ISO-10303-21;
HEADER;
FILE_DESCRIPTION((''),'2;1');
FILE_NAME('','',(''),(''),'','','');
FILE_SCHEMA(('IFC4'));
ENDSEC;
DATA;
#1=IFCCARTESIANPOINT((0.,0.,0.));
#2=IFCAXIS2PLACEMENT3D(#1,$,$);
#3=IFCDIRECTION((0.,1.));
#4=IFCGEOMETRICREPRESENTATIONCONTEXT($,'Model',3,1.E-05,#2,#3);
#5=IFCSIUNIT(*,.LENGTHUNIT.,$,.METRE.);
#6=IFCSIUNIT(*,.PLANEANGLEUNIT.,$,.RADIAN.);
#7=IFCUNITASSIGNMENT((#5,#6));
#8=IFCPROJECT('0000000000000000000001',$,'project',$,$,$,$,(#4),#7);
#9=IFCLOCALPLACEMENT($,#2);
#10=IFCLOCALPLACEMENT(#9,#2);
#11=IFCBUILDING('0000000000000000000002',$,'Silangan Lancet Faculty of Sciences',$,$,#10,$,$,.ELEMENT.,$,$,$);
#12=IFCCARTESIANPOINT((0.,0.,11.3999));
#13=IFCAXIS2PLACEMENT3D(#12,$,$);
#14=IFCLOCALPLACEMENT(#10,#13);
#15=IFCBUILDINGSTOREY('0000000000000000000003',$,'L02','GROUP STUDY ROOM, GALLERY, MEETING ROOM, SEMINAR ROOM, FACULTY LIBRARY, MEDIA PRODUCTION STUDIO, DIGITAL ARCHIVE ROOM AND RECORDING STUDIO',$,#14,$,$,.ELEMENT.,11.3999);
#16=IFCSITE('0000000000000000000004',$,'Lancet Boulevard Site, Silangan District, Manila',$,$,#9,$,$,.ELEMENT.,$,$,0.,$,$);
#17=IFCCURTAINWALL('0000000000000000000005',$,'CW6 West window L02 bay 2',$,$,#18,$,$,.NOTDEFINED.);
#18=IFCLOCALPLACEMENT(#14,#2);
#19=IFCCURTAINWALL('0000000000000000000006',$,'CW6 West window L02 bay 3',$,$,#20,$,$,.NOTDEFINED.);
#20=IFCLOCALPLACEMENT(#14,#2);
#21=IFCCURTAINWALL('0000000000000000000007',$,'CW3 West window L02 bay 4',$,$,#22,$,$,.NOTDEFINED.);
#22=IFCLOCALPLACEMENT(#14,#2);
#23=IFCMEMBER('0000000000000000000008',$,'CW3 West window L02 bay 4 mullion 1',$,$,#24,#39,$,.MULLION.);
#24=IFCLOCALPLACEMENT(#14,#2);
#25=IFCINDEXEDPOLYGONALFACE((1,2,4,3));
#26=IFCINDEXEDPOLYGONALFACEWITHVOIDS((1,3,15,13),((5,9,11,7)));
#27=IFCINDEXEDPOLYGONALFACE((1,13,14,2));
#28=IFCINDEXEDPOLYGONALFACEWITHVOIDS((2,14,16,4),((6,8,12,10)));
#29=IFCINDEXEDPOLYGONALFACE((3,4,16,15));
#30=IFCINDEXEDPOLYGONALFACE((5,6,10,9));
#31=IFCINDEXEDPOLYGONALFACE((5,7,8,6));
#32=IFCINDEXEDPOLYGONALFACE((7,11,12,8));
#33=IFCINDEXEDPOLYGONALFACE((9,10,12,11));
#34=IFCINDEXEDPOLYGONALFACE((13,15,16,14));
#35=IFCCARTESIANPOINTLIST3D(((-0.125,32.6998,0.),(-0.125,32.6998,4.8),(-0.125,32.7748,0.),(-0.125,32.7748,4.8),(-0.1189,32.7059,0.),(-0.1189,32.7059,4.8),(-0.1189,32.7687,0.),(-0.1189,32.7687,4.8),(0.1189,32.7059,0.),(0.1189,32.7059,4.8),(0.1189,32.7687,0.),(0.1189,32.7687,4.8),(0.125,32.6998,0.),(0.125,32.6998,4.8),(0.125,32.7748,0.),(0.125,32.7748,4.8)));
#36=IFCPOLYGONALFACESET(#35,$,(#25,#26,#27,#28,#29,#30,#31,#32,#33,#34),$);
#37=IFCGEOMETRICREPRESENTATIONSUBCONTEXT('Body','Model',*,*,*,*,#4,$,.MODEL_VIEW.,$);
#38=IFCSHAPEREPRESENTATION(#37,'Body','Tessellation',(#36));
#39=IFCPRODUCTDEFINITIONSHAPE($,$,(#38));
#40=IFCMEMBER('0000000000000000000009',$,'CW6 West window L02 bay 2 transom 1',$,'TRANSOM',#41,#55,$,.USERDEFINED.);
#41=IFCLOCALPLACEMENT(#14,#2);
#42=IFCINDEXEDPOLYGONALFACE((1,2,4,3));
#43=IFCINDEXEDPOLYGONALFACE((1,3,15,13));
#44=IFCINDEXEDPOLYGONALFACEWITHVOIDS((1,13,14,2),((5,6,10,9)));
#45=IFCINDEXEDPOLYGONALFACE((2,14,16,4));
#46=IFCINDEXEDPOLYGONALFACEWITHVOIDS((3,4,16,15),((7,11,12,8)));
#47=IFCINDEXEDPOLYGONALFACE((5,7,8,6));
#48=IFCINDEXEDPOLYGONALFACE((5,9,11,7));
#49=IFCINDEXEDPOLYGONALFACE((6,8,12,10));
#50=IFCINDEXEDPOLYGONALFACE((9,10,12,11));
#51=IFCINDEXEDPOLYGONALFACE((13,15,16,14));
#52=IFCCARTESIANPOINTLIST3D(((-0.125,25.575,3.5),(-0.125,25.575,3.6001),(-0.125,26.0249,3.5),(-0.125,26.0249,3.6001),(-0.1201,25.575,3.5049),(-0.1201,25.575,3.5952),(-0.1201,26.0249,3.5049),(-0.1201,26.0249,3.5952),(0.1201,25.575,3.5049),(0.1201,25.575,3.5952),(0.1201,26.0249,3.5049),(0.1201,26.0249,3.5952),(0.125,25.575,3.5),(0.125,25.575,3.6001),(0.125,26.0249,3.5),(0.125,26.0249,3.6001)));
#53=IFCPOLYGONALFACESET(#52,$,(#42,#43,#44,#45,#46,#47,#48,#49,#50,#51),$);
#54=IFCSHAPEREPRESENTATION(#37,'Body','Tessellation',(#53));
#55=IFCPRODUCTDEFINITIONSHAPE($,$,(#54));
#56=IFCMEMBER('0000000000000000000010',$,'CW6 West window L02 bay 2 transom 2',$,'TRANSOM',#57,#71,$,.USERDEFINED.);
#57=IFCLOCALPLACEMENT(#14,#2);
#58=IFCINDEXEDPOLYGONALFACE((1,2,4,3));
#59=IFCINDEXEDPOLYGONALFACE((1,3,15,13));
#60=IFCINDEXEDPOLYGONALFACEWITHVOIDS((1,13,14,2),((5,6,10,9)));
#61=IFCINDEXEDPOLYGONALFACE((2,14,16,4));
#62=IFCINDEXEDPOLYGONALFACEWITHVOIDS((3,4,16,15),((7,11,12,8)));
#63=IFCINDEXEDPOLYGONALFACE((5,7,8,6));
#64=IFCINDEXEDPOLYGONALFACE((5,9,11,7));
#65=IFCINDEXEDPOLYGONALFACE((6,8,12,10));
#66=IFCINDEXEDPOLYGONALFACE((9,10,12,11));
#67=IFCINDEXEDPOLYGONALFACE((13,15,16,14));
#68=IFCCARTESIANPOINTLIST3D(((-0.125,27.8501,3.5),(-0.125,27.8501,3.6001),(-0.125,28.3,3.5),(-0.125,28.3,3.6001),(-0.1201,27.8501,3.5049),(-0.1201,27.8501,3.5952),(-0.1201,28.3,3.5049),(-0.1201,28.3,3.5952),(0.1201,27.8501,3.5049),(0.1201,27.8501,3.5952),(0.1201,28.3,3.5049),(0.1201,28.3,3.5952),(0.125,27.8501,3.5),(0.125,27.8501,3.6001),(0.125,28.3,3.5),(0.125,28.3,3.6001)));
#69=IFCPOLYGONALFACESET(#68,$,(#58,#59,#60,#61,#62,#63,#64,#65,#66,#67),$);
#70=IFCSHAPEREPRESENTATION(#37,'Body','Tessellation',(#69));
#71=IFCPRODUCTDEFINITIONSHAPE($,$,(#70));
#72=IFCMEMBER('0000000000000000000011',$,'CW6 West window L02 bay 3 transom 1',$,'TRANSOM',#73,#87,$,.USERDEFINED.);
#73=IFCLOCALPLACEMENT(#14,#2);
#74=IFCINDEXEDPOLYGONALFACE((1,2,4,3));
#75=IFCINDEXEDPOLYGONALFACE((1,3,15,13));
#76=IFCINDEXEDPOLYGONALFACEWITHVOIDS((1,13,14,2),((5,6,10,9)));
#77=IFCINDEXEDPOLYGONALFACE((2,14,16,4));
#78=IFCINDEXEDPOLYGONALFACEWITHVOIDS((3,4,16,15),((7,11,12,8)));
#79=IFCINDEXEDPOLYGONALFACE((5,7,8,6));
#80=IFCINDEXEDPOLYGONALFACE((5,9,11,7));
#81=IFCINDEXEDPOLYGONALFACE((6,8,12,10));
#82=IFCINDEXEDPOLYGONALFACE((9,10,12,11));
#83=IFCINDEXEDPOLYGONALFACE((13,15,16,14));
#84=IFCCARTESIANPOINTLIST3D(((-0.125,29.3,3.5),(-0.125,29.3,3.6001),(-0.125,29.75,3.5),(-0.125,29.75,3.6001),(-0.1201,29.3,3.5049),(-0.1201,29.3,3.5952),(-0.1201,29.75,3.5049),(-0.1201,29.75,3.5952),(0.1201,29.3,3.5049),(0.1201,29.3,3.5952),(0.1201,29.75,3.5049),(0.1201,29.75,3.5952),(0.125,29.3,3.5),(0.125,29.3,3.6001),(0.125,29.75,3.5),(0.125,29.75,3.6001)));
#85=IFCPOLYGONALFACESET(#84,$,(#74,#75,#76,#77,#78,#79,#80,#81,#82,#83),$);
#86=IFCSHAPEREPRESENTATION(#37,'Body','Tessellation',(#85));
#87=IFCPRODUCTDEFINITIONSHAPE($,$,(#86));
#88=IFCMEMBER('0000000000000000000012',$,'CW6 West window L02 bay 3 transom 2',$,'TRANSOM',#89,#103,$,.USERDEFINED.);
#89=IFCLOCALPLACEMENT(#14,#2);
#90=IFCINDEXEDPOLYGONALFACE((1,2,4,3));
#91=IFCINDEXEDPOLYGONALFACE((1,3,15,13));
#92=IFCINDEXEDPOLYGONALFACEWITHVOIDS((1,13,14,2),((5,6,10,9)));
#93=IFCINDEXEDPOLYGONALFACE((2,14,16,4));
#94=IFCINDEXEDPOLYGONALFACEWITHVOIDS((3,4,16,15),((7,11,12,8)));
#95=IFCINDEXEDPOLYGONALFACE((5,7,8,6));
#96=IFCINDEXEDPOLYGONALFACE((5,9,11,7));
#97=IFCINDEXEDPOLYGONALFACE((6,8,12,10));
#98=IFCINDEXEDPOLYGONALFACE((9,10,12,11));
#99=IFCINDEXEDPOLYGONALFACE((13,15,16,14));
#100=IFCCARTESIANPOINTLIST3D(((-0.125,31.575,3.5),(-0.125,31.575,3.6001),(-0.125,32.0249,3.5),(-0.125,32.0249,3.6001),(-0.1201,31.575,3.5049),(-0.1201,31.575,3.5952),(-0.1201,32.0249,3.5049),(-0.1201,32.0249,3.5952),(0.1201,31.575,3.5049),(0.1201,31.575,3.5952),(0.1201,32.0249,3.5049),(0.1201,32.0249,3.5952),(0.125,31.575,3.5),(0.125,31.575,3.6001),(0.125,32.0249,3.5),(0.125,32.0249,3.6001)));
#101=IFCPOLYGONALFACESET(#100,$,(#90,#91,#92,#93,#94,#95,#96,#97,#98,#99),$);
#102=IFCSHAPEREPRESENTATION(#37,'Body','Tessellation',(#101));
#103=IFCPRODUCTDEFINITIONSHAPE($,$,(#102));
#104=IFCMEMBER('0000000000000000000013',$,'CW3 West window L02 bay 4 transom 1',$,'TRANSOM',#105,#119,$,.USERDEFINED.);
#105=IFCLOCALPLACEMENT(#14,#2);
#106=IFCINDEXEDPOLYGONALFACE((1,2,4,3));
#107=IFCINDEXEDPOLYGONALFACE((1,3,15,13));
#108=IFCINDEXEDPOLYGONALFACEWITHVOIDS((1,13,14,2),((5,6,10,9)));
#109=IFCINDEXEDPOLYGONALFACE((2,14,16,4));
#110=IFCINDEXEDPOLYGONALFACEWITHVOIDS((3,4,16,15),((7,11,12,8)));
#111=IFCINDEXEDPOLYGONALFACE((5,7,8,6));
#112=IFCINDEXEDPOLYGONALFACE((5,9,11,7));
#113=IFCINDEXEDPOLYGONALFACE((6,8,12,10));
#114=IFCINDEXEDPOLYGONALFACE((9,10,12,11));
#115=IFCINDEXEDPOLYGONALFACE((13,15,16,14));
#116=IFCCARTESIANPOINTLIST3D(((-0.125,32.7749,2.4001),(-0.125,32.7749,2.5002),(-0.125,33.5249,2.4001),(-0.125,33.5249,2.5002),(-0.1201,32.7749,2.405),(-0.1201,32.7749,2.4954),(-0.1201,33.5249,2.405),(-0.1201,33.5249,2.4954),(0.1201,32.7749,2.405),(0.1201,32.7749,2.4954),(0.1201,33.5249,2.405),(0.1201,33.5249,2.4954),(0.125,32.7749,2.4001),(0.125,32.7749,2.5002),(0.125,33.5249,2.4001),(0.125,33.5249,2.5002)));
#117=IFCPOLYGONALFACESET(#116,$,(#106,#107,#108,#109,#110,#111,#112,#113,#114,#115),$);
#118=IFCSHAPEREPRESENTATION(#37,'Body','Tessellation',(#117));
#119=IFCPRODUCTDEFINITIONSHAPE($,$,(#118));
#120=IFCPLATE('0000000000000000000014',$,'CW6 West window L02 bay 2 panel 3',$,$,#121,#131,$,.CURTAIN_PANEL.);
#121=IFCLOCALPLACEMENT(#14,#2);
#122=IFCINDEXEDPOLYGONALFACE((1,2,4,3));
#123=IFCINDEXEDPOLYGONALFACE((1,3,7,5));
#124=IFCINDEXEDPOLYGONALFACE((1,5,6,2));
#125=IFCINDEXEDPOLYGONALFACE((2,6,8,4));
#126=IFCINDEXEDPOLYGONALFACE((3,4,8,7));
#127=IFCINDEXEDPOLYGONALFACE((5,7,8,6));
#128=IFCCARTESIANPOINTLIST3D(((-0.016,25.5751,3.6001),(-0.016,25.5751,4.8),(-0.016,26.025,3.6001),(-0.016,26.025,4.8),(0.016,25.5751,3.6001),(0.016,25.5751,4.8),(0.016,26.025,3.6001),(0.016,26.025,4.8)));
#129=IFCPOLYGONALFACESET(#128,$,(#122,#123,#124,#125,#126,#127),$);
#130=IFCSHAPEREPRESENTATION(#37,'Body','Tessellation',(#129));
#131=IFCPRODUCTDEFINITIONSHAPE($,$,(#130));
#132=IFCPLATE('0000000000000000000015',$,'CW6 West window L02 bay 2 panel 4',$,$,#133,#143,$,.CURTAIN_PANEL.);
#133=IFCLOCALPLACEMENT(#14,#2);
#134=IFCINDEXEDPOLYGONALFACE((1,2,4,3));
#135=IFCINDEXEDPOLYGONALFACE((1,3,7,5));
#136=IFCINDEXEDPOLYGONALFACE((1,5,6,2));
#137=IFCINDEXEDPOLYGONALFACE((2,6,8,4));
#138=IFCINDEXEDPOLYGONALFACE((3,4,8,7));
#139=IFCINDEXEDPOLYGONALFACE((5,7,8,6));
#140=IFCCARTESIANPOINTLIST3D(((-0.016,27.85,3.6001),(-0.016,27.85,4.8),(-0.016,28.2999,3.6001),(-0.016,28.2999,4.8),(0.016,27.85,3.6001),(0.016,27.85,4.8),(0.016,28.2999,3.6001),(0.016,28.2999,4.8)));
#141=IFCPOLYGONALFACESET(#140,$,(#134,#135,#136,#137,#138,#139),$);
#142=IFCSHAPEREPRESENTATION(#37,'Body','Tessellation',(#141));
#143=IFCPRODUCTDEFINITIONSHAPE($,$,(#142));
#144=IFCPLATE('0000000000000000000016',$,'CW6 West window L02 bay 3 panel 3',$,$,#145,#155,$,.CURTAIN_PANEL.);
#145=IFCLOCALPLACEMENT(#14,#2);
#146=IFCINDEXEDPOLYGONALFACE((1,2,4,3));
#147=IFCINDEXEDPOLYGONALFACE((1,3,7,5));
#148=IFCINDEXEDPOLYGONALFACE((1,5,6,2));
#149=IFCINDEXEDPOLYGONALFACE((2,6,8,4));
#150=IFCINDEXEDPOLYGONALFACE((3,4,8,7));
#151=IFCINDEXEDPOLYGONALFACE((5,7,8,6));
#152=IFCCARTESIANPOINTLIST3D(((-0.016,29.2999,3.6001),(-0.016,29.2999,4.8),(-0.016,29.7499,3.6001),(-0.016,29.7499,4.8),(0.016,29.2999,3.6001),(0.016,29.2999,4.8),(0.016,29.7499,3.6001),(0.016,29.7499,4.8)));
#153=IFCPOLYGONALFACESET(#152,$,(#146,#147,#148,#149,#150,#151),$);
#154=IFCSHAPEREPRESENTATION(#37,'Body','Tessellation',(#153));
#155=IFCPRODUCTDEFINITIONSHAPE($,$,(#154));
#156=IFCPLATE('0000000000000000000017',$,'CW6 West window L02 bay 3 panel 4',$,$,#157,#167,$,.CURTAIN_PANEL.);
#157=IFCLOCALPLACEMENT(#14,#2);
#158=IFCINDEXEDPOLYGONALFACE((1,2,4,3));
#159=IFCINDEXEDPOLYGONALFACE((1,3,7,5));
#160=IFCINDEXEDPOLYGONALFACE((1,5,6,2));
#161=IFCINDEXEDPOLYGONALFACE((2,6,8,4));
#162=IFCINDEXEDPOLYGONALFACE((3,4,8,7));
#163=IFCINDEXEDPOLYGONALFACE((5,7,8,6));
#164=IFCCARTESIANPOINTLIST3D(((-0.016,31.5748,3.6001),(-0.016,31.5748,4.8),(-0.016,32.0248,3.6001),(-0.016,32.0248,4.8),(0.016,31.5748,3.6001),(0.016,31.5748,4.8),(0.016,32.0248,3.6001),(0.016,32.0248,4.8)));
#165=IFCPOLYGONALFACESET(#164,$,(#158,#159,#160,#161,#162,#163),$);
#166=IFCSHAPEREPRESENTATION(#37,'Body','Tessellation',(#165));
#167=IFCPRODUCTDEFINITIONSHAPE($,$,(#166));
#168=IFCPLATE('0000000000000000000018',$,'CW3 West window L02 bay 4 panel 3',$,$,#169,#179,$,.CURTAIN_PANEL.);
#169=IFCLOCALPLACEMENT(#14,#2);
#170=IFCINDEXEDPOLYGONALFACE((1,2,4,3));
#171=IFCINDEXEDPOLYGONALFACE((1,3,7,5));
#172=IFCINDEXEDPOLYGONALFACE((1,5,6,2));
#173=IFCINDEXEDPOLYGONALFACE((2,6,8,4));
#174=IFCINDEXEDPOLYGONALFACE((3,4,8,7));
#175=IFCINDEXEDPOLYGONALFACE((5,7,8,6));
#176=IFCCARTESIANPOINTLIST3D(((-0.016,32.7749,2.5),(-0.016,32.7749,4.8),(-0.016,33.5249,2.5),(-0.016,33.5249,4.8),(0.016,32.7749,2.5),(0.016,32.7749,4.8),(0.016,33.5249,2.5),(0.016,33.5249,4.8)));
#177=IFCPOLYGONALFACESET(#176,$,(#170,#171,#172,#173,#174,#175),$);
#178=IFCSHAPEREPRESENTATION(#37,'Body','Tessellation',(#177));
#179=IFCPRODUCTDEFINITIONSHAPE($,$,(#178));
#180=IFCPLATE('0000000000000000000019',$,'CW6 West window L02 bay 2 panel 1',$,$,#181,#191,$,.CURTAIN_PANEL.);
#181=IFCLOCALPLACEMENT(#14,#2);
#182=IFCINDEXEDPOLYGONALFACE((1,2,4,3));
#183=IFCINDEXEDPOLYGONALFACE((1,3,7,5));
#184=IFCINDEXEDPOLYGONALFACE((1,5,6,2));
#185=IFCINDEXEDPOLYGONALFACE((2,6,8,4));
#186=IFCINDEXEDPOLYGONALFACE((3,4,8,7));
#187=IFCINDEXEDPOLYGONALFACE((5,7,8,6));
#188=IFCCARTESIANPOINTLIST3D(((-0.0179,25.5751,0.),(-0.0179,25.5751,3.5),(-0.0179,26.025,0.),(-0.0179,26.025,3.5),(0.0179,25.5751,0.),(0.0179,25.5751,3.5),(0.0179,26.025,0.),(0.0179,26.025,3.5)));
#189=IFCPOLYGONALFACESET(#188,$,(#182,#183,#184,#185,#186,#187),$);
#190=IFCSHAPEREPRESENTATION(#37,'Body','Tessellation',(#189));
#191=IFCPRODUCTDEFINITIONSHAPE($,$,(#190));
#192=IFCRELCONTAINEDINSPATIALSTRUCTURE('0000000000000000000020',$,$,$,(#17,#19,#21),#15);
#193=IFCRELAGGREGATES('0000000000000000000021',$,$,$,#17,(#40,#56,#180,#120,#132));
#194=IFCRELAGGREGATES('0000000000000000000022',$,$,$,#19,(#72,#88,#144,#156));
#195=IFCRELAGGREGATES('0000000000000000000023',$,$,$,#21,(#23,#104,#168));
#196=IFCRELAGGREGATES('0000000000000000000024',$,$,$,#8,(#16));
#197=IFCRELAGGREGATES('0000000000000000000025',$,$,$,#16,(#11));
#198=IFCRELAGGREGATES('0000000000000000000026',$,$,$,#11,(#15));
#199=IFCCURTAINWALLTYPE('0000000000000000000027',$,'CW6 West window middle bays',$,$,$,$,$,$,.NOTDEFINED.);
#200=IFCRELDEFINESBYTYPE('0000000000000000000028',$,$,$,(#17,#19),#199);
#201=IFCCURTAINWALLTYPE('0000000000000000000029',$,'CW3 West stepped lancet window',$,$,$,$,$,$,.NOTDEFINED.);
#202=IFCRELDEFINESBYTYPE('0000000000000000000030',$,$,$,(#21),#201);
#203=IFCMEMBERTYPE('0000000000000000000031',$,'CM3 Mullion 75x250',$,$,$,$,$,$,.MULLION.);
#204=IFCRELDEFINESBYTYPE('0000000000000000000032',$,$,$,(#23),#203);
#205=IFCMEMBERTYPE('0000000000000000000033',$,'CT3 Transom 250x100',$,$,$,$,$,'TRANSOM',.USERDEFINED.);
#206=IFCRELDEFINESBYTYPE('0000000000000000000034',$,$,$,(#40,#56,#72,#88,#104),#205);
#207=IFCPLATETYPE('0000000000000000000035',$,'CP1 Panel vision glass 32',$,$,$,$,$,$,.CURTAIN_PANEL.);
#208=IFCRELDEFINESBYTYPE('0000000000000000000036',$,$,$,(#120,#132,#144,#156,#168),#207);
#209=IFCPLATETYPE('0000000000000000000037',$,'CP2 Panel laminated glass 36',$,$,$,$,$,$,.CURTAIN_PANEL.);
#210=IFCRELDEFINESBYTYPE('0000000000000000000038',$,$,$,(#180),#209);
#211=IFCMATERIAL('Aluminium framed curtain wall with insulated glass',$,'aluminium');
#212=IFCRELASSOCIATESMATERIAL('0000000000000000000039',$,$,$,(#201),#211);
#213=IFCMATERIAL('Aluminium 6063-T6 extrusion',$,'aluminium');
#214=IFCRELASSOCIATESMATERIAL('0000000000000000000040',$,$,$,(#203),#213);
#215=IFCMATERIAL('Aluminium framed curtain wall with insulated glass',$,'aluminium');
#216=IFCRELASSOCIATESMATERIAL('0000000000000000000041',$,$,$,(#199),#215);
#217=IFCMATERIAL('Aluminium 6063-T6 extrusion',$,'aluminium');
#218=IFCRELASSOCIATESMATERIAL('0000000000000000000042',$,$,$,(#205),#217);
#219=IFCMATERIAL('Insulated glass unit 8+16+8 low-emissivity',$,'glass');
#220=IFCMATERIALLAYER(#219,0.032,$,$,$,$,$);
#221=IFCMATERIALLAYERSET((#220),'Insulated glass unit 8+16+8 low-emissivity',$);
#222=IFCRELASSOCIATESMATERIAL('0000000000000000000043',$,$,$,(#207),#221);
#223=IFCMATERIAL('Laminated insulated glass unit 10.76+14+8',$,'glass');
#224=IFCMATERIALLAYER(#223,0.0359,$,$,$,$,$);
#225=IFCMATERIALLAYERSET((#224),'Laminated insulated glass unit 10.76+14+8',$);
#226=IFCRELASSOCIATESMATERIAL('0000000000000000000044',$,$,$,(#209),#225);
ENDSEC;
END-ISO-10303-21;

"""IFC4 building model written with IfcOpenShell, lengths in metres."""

from ifc_helpers import new_model, si_unit, direction, frame, origin, origin_2d, place, context, subcontext, project, spatial, rectangle, hollow_rectangle, extrude, material, layer, layer_set, material_profile, profile_set, type_object, element, aggregate, save


model = new_model("IFC4")

# Units and contexts
model_context = context("Model", 3, precision=1e-05, world=origin(), true_north=direction((0.0, 1.0)))
body_context = subcontext(model_context, "Body", "Model", "MODEL_VIEW")
ifc_project = project(units=[si_unit("LENGTHUNIT", "METRE"), si_unit("PLANEANGLEUNIT", "RADIAN")], contexts=[model_context])

# Site, building, storey
site_placement = place(None, origin())
site = spatial("IfcSite", under=ifc_project, at=site_placement, Name="Lancet Boulevard Site, Silangan District, Manila", CompositionType="ELEMENT", RefElevation=0.0)
building_placement = place(site_placement, origin())
building = spatial("IfcBuilding", under=site, at=building_placement, Name="Silangan Lancet Faculty of Sciences", CompositionType="ELEMENT")
storey_placement = place(building_placement, frame((0.0, 0.0, 11.3999)))
storey = spatial("IfcBuildingStorey", under=building, at=storey_placement, Name="L02", Description="GROUP STUDY ROOM, GALLERY, MEETING ROOM, SEMINAR ROOM, FACULTY LIBRARY, MEDIA PRODUCTION STUDIO, DIGITAL ARCHIVE ROOM AND RECORDING STUDIO", CompositionType="ELEMENT", Elevation=11.3999)

# Shared definitions
ifc_material_1 = material(Name="Aluminium framed curtain wall with insulated glass", Category="aluminium")
curtain_wall_type_1 = type_object("IfcCurtainWallType", Name="CW3 West stepped lancet window", PredefinedType="NOTDEFINED", material=ifc_material_1)
ifc_material_2 = material(Name="Aluminium 6063-T6 extrusion", Category="aluminium")
ifc_material_profile_1 = material_profile(ifc_material_2, hollow_rectangle(XDim=0.075, YDim=0.25, WallThickness=0.0061, at=origin_2d()), Name="AL BOX 75x250x6")
ifc_profile_set_1 = profile_set([ifc_material_profile_1], Name="Aluminium 6063-T6 extrusion")
member_type_1 = type_object("IfcMemberType", Name="CM3 Mullion 75x250", PredefinedType="MULLION", material=ifc_profile_set_1)

# Curtain walls
ifc_material_3 = material(Name="Aluminium framed curtain wall with insulated glass", Category="aluminium")
curtain_wall_type_2 = type_object("IfcCurtainWallType", Name="CW6 West window middle bays", PredefinedType="NOTDEFINED", material=ifc_material_3)
curtain_wall_1_placement = place(storey_placement, origin())
curtain_wall_1 = element("IfcCurtainWall", 1, at=curtain_wall_1_placement, inside=storey, type_object=curtain_wall_type_2, Name="CW6 West window L02 bay 2", PredefinedType="NOTDEFINED")
curtain_wall_2_placement = place(storey_placement, origin())
curtain_wall_2 = element("IfcCurtainWall", 2, at=curtain_wall_2_placement, inside=storey, type_object=curtain_wall_type_2, Name="CW6 West window L02 bay 3", PredefinedType="NOTDEFINED")

# Curtain wall, member
curtain_wall_3_placement = place(storey_placement, origin())
curtain_wall_3 = element("IfcCurtainWall", 3, at=curtain_wall_3_placement, inside=storey, type_object=curtain_wall_type_1, Name="CW3 West window L02 bay 4", PredefinedType="NOTDEFINED")
member_1_placement = place(storey_placement, frame((0.0, 32.7373, 0.0), z_axis=(0.0, 0.0, 1.0), x_axis=(0.0, 1.0, 0.0)))
member_1 = element("IfcMember", 4, at=member_1_placement, type_object=member_type_1, Name="CW3 West window L02 bay 4 mullion 1", PredefinedType="MULLION", context=body_context, shape_type="SweptSolid", body=[
    extrude(hollow_rectangle(XDim=0.075, YDim=0.25, WallThickness=0.0061, at=origin_2d()), origin(), (0.0, 0.0, 1.0), 4.8),
])

# Members
ifc_material_4 = material(Name="Aluminium 6063-T6 extrusion", Category="aluminium")
ifc_material_profile_2 = material_profile(ifc_material_4, hollow_rectangle(XDim=0.25, YDim=0.1001, WallThickness=0.0049, at=origin_2d()), Name="AL BOX 250x100x5")
ifc_profile_set_2 = profile_set([ifc_material_profile_2], Name="Aluminium 6063-T6 extrusion")
member_type_2 = type_object("IfcMemberType", Name="CT3 Transom 250x100", ElementType="TRANSOM", PredefinedType="USERDEFINED", material=ifc_profile_set_2)
member_2_placement = place(storey_placement, frame((0.0, 25.575, 3.55), z_axis=(0.0, 1.0, 0.0), x_axis=(-1.0, 0.0, 0.0)))
member_2 = element("IfcMember", 5, at=member_2_placement, type_object=member_type_2, Name="CW6 West window L02 bay 2 transom 1", ObjectType="TRANSOM", PredefinedType="USERDEFINED", context=body_context, shape_type="SweptSolid", body=[
    extrude(hollow_rectangle(XDim=0.25, YDim=0.1001, WallThickness=0.0049, at=origin_2d()), origin(), (0.0, 0.0, 1.0), 0.45),
])
member_3_placement = place(storey_placement, frame((0.0, 27.8501, 3.55), z_axis=(0.0, 1.0, 0.0), x_axis=(-1.0, 0.0, 0.0)))
member_3 = element("IfcMember", 6, at=member_3_placement, type_object=member_type_2, Name="CW6 West window L02 bay 2 transom 2", ObjectType="TRANSOM", PredefinedType="USERDEFINED", context=body_context, shape_type="SweptSolid", body=[
    extrude(hollow_rectangle(XDim=0.25, YDim=0.1001, WallThickness=0.0049, at=origin_2d()), origin(), (0.0, 0.0, 1.0), 0.45),
])
member_4_placement = place(storey_placement, frame((0.0, 29.3, 3.55), z_axis=(0.0, 1.0, 0.0), x_axis=(-1.0, 0.0, 0.0)))
member_4 = element("IfcMember", 7, at=member_4_placement, type_object=member_type_2, Name="CW6 West window L02 bay 3 transom 1", ObjectType="TRANSOM", PredefinedType="USERDEFINED", context=body_context, shape_type="SweptSolid", body=[
    extrude(hollow_rectangle(XDim=0.25, YDim=0.1001, WallThickness=0.0049, at=origin_2d()), origin(), (0.0, 0.0, 1.0), 0.45),
])
member_5_placement = place(storey_placement, frame((0.0, 31.575, 3.55), z_axis=(0.0, 1.0, 0.0), x_axis=(-1.0, 0.0, 0.0)))
member_5 = element("IfcMember", 8, at=member_5_placement, type_object=member_type_2, Name="CW6 West window L02 bay 3 transom 2", ObjectType="TRANSOM", PredefinedType="USERDEFINED", context=body_context, shape_type="SweptSolid", body=[
    extrude(hollow_rectangle(XDim=0.25, YDim=0.1001, WallThickness=0.0049, at=origin_2d()), origin(), (0.0, 0.0, 1.0), 0.45),
])
member_6_placement = place(storey_placement, frame((0.0, 32.7749, 2.4502), z_axis=(0.0, 1.0, 0.0), x_axis=(-1.0, 0.0, 0.0)))
member_6 = element("IfcMember", 9, at=member_6_placement, type_object=member_type_2, Name="CW3 West window L02 bay 4 transom 1", ObjectType="TRANSOM", PredefinedType="USERDEFINED", context=body_context, shape_type="SweptSolid", body=[
    extrude(hollow_rectangle(XDim=0.25, YDim=0.1001, WallThickness=0.0049, at=origin_2d()), origin(), (0.0, 0.0, 1.0), 0.75),
])

# Plates
ifc_material_5 = material(Name="Insulated glass unit 8+16+8 low-emissivity", Category="glass")
ifc_layer_1 = layer(ifc_material_5, 0.032)
ifc_layer_set_1 = layer_set([ifc_layer_1], Name="Insulated glass unit 8+16+8 low-emissivity")
plate_type_1 = type_object("IfcPlateType", Name="CP1 Panel vision glass 32", PredefinedType="CURTAIN_PANEL", material=ifc_layer_set_1)
plate_1_placement = place(storey_placement, frame((0.0, 25.8, 3.6001), z_axis=(0.0, 0.0, 1.0), x_axis=(0.0, 1.0, 0.0)))
plate_1 = element("IfcPlate", 10, at=plate_1_placement, type_object=plate_type_1, Name="CW6 West window L02 bay 2 panel 3", PredefinedType="CURTAIN_PANEL", context=body_context, shape_type="SweptSolid", body=[
    extrude(rectangle(XDim=0.45, YDim=0.032, at=origin_2d()), origin(), (0.0, 0.0, 1.0), 1.2),
])
plate_2_placement = place(storey_placement, frame((0.0, 28.075, 3.6001), z_axis=(0.0, 0.0, 1.0), x_axis=(0.0, 1.0, 0.0)))
plate_2 = element("IfcPlate", 11, at=plate_2_placement, type_object=plate_type_1, Name="CW6 West window L02 bay 2 panel 4", PredefinedType="CURTAIN_PANEL", context=body_context, shape_type="SweptSolid", body=[
    extrude(rectangle(XDim=0.45, YDim=0.032, at=origin_2d()), origin(), (0.0, 0.0, 1.0), 1.2),
])
plate_3_placement = place(storey_placement, frame((0.0, 29.5249, 3.6001), z_axis=(0.0, 0.0, 1.0), x_axis=(0.0, 1.0, 0.0)))
plate_3 = element("IfcPlate", 12, at=plate_3_placement, type_object=plate_type_1, Name="CW6 West window L02 bay 3 panel 3", PredefinedType="CURTAIN_PANEL", context=body_context, shape_type="SweptSolid", body=[
    extrude(rectangle(XDim=0.45, YDim=0.032, at=origin_2d()), origin(), (0.0, 0.0, 1.0), 1.2),
])
plate_4_placement = place(storey_placement, frame((0.0, 31.7998, 3.6001), z_axis=(0.0, 0.0, 1.0), x_axis=(0.0, 1.0, 0.0)))
plate_4 = element("IfcPlate", 13, at=plate_4_placement, type_object=plate_type_1, Name="CW6 West window L02 bay 3 panel 4", PredefinedType="CURTAIN_PANEL", context=body_context, shape_type="SweptSolid", body=[
    extrude(rectangle(XDim=0.45, YDim=0.032, at=origin_2d()), origin(), (0.0, 0.0, 1.0), 1.2),
])
plate_5_placement = place(storey_placement, frame((0.0, 33.1499, 2.5), z_axis=(0.0, 0.0, 1.0), x_axis=(0.0, 1.0, 0.0)))
plate_5 = element("IfcPlate", 14, at=plate_5_placement, type_object=plate_type_1, Name="CW3 West window L02 bay 4 panel 3", PredefinedType="CURTAIN_PANEL", context=body_context, shape_type="SweptSolid", body=[
    extrude(rectangle(XDim=0.75, YDim=0.032, at=origin_2d()), origin(), (0.0, 0.0, 1.0), 2.3),
])
ifc_material_6 = material(Name="Laminated insulated glass unit 10.76+14+8", Category="glass")
ifc_layer_2 = layer(ifc_material_6, 0.0359)
ifc_layer_set_2 = layer_set([ifc_layer_2], Name="Laminated insulated glass unit 10.76+14+8")
plate_type_2 = type_object("IfcPlateType", Name="CP2 Panel laminated glass 36", PredefinedType="CURTAIN_PANEL", material=ifc_layer_set_2)
plate_6_placement = place(storey_placement, frame((0.0, 25.8, 0.0), z_axis=(0.0, 0.0, 1.0), x_axis=(0.0, 1.0, 0.0)))
plate_6 = element("IfcPlate", 15, at=plate_6_placement, type_object=plate_type_2, Name="CW6 West window L02 bay 2 panel 1", PredefinedType="CURTAIN_PANEL", context=body_context, shape_type="SweptSolid", body=[
    extrude(rectangle(XDim=0.45, YDim=0.0359, at=origin_2d()), origin(), (0.0, 0.0, 1.0), 3.5),
])
aggregate(curtain_wall_1, [member_2, member_3, plate_6, plate_1, plate_2])
aggregate(curtain_wall_2, [member_4, member_5, plate_3, plate_4])
aggregate(curtain_wall_3, [member_1, member_6, plate_5])

save(model, "model.ifc")
